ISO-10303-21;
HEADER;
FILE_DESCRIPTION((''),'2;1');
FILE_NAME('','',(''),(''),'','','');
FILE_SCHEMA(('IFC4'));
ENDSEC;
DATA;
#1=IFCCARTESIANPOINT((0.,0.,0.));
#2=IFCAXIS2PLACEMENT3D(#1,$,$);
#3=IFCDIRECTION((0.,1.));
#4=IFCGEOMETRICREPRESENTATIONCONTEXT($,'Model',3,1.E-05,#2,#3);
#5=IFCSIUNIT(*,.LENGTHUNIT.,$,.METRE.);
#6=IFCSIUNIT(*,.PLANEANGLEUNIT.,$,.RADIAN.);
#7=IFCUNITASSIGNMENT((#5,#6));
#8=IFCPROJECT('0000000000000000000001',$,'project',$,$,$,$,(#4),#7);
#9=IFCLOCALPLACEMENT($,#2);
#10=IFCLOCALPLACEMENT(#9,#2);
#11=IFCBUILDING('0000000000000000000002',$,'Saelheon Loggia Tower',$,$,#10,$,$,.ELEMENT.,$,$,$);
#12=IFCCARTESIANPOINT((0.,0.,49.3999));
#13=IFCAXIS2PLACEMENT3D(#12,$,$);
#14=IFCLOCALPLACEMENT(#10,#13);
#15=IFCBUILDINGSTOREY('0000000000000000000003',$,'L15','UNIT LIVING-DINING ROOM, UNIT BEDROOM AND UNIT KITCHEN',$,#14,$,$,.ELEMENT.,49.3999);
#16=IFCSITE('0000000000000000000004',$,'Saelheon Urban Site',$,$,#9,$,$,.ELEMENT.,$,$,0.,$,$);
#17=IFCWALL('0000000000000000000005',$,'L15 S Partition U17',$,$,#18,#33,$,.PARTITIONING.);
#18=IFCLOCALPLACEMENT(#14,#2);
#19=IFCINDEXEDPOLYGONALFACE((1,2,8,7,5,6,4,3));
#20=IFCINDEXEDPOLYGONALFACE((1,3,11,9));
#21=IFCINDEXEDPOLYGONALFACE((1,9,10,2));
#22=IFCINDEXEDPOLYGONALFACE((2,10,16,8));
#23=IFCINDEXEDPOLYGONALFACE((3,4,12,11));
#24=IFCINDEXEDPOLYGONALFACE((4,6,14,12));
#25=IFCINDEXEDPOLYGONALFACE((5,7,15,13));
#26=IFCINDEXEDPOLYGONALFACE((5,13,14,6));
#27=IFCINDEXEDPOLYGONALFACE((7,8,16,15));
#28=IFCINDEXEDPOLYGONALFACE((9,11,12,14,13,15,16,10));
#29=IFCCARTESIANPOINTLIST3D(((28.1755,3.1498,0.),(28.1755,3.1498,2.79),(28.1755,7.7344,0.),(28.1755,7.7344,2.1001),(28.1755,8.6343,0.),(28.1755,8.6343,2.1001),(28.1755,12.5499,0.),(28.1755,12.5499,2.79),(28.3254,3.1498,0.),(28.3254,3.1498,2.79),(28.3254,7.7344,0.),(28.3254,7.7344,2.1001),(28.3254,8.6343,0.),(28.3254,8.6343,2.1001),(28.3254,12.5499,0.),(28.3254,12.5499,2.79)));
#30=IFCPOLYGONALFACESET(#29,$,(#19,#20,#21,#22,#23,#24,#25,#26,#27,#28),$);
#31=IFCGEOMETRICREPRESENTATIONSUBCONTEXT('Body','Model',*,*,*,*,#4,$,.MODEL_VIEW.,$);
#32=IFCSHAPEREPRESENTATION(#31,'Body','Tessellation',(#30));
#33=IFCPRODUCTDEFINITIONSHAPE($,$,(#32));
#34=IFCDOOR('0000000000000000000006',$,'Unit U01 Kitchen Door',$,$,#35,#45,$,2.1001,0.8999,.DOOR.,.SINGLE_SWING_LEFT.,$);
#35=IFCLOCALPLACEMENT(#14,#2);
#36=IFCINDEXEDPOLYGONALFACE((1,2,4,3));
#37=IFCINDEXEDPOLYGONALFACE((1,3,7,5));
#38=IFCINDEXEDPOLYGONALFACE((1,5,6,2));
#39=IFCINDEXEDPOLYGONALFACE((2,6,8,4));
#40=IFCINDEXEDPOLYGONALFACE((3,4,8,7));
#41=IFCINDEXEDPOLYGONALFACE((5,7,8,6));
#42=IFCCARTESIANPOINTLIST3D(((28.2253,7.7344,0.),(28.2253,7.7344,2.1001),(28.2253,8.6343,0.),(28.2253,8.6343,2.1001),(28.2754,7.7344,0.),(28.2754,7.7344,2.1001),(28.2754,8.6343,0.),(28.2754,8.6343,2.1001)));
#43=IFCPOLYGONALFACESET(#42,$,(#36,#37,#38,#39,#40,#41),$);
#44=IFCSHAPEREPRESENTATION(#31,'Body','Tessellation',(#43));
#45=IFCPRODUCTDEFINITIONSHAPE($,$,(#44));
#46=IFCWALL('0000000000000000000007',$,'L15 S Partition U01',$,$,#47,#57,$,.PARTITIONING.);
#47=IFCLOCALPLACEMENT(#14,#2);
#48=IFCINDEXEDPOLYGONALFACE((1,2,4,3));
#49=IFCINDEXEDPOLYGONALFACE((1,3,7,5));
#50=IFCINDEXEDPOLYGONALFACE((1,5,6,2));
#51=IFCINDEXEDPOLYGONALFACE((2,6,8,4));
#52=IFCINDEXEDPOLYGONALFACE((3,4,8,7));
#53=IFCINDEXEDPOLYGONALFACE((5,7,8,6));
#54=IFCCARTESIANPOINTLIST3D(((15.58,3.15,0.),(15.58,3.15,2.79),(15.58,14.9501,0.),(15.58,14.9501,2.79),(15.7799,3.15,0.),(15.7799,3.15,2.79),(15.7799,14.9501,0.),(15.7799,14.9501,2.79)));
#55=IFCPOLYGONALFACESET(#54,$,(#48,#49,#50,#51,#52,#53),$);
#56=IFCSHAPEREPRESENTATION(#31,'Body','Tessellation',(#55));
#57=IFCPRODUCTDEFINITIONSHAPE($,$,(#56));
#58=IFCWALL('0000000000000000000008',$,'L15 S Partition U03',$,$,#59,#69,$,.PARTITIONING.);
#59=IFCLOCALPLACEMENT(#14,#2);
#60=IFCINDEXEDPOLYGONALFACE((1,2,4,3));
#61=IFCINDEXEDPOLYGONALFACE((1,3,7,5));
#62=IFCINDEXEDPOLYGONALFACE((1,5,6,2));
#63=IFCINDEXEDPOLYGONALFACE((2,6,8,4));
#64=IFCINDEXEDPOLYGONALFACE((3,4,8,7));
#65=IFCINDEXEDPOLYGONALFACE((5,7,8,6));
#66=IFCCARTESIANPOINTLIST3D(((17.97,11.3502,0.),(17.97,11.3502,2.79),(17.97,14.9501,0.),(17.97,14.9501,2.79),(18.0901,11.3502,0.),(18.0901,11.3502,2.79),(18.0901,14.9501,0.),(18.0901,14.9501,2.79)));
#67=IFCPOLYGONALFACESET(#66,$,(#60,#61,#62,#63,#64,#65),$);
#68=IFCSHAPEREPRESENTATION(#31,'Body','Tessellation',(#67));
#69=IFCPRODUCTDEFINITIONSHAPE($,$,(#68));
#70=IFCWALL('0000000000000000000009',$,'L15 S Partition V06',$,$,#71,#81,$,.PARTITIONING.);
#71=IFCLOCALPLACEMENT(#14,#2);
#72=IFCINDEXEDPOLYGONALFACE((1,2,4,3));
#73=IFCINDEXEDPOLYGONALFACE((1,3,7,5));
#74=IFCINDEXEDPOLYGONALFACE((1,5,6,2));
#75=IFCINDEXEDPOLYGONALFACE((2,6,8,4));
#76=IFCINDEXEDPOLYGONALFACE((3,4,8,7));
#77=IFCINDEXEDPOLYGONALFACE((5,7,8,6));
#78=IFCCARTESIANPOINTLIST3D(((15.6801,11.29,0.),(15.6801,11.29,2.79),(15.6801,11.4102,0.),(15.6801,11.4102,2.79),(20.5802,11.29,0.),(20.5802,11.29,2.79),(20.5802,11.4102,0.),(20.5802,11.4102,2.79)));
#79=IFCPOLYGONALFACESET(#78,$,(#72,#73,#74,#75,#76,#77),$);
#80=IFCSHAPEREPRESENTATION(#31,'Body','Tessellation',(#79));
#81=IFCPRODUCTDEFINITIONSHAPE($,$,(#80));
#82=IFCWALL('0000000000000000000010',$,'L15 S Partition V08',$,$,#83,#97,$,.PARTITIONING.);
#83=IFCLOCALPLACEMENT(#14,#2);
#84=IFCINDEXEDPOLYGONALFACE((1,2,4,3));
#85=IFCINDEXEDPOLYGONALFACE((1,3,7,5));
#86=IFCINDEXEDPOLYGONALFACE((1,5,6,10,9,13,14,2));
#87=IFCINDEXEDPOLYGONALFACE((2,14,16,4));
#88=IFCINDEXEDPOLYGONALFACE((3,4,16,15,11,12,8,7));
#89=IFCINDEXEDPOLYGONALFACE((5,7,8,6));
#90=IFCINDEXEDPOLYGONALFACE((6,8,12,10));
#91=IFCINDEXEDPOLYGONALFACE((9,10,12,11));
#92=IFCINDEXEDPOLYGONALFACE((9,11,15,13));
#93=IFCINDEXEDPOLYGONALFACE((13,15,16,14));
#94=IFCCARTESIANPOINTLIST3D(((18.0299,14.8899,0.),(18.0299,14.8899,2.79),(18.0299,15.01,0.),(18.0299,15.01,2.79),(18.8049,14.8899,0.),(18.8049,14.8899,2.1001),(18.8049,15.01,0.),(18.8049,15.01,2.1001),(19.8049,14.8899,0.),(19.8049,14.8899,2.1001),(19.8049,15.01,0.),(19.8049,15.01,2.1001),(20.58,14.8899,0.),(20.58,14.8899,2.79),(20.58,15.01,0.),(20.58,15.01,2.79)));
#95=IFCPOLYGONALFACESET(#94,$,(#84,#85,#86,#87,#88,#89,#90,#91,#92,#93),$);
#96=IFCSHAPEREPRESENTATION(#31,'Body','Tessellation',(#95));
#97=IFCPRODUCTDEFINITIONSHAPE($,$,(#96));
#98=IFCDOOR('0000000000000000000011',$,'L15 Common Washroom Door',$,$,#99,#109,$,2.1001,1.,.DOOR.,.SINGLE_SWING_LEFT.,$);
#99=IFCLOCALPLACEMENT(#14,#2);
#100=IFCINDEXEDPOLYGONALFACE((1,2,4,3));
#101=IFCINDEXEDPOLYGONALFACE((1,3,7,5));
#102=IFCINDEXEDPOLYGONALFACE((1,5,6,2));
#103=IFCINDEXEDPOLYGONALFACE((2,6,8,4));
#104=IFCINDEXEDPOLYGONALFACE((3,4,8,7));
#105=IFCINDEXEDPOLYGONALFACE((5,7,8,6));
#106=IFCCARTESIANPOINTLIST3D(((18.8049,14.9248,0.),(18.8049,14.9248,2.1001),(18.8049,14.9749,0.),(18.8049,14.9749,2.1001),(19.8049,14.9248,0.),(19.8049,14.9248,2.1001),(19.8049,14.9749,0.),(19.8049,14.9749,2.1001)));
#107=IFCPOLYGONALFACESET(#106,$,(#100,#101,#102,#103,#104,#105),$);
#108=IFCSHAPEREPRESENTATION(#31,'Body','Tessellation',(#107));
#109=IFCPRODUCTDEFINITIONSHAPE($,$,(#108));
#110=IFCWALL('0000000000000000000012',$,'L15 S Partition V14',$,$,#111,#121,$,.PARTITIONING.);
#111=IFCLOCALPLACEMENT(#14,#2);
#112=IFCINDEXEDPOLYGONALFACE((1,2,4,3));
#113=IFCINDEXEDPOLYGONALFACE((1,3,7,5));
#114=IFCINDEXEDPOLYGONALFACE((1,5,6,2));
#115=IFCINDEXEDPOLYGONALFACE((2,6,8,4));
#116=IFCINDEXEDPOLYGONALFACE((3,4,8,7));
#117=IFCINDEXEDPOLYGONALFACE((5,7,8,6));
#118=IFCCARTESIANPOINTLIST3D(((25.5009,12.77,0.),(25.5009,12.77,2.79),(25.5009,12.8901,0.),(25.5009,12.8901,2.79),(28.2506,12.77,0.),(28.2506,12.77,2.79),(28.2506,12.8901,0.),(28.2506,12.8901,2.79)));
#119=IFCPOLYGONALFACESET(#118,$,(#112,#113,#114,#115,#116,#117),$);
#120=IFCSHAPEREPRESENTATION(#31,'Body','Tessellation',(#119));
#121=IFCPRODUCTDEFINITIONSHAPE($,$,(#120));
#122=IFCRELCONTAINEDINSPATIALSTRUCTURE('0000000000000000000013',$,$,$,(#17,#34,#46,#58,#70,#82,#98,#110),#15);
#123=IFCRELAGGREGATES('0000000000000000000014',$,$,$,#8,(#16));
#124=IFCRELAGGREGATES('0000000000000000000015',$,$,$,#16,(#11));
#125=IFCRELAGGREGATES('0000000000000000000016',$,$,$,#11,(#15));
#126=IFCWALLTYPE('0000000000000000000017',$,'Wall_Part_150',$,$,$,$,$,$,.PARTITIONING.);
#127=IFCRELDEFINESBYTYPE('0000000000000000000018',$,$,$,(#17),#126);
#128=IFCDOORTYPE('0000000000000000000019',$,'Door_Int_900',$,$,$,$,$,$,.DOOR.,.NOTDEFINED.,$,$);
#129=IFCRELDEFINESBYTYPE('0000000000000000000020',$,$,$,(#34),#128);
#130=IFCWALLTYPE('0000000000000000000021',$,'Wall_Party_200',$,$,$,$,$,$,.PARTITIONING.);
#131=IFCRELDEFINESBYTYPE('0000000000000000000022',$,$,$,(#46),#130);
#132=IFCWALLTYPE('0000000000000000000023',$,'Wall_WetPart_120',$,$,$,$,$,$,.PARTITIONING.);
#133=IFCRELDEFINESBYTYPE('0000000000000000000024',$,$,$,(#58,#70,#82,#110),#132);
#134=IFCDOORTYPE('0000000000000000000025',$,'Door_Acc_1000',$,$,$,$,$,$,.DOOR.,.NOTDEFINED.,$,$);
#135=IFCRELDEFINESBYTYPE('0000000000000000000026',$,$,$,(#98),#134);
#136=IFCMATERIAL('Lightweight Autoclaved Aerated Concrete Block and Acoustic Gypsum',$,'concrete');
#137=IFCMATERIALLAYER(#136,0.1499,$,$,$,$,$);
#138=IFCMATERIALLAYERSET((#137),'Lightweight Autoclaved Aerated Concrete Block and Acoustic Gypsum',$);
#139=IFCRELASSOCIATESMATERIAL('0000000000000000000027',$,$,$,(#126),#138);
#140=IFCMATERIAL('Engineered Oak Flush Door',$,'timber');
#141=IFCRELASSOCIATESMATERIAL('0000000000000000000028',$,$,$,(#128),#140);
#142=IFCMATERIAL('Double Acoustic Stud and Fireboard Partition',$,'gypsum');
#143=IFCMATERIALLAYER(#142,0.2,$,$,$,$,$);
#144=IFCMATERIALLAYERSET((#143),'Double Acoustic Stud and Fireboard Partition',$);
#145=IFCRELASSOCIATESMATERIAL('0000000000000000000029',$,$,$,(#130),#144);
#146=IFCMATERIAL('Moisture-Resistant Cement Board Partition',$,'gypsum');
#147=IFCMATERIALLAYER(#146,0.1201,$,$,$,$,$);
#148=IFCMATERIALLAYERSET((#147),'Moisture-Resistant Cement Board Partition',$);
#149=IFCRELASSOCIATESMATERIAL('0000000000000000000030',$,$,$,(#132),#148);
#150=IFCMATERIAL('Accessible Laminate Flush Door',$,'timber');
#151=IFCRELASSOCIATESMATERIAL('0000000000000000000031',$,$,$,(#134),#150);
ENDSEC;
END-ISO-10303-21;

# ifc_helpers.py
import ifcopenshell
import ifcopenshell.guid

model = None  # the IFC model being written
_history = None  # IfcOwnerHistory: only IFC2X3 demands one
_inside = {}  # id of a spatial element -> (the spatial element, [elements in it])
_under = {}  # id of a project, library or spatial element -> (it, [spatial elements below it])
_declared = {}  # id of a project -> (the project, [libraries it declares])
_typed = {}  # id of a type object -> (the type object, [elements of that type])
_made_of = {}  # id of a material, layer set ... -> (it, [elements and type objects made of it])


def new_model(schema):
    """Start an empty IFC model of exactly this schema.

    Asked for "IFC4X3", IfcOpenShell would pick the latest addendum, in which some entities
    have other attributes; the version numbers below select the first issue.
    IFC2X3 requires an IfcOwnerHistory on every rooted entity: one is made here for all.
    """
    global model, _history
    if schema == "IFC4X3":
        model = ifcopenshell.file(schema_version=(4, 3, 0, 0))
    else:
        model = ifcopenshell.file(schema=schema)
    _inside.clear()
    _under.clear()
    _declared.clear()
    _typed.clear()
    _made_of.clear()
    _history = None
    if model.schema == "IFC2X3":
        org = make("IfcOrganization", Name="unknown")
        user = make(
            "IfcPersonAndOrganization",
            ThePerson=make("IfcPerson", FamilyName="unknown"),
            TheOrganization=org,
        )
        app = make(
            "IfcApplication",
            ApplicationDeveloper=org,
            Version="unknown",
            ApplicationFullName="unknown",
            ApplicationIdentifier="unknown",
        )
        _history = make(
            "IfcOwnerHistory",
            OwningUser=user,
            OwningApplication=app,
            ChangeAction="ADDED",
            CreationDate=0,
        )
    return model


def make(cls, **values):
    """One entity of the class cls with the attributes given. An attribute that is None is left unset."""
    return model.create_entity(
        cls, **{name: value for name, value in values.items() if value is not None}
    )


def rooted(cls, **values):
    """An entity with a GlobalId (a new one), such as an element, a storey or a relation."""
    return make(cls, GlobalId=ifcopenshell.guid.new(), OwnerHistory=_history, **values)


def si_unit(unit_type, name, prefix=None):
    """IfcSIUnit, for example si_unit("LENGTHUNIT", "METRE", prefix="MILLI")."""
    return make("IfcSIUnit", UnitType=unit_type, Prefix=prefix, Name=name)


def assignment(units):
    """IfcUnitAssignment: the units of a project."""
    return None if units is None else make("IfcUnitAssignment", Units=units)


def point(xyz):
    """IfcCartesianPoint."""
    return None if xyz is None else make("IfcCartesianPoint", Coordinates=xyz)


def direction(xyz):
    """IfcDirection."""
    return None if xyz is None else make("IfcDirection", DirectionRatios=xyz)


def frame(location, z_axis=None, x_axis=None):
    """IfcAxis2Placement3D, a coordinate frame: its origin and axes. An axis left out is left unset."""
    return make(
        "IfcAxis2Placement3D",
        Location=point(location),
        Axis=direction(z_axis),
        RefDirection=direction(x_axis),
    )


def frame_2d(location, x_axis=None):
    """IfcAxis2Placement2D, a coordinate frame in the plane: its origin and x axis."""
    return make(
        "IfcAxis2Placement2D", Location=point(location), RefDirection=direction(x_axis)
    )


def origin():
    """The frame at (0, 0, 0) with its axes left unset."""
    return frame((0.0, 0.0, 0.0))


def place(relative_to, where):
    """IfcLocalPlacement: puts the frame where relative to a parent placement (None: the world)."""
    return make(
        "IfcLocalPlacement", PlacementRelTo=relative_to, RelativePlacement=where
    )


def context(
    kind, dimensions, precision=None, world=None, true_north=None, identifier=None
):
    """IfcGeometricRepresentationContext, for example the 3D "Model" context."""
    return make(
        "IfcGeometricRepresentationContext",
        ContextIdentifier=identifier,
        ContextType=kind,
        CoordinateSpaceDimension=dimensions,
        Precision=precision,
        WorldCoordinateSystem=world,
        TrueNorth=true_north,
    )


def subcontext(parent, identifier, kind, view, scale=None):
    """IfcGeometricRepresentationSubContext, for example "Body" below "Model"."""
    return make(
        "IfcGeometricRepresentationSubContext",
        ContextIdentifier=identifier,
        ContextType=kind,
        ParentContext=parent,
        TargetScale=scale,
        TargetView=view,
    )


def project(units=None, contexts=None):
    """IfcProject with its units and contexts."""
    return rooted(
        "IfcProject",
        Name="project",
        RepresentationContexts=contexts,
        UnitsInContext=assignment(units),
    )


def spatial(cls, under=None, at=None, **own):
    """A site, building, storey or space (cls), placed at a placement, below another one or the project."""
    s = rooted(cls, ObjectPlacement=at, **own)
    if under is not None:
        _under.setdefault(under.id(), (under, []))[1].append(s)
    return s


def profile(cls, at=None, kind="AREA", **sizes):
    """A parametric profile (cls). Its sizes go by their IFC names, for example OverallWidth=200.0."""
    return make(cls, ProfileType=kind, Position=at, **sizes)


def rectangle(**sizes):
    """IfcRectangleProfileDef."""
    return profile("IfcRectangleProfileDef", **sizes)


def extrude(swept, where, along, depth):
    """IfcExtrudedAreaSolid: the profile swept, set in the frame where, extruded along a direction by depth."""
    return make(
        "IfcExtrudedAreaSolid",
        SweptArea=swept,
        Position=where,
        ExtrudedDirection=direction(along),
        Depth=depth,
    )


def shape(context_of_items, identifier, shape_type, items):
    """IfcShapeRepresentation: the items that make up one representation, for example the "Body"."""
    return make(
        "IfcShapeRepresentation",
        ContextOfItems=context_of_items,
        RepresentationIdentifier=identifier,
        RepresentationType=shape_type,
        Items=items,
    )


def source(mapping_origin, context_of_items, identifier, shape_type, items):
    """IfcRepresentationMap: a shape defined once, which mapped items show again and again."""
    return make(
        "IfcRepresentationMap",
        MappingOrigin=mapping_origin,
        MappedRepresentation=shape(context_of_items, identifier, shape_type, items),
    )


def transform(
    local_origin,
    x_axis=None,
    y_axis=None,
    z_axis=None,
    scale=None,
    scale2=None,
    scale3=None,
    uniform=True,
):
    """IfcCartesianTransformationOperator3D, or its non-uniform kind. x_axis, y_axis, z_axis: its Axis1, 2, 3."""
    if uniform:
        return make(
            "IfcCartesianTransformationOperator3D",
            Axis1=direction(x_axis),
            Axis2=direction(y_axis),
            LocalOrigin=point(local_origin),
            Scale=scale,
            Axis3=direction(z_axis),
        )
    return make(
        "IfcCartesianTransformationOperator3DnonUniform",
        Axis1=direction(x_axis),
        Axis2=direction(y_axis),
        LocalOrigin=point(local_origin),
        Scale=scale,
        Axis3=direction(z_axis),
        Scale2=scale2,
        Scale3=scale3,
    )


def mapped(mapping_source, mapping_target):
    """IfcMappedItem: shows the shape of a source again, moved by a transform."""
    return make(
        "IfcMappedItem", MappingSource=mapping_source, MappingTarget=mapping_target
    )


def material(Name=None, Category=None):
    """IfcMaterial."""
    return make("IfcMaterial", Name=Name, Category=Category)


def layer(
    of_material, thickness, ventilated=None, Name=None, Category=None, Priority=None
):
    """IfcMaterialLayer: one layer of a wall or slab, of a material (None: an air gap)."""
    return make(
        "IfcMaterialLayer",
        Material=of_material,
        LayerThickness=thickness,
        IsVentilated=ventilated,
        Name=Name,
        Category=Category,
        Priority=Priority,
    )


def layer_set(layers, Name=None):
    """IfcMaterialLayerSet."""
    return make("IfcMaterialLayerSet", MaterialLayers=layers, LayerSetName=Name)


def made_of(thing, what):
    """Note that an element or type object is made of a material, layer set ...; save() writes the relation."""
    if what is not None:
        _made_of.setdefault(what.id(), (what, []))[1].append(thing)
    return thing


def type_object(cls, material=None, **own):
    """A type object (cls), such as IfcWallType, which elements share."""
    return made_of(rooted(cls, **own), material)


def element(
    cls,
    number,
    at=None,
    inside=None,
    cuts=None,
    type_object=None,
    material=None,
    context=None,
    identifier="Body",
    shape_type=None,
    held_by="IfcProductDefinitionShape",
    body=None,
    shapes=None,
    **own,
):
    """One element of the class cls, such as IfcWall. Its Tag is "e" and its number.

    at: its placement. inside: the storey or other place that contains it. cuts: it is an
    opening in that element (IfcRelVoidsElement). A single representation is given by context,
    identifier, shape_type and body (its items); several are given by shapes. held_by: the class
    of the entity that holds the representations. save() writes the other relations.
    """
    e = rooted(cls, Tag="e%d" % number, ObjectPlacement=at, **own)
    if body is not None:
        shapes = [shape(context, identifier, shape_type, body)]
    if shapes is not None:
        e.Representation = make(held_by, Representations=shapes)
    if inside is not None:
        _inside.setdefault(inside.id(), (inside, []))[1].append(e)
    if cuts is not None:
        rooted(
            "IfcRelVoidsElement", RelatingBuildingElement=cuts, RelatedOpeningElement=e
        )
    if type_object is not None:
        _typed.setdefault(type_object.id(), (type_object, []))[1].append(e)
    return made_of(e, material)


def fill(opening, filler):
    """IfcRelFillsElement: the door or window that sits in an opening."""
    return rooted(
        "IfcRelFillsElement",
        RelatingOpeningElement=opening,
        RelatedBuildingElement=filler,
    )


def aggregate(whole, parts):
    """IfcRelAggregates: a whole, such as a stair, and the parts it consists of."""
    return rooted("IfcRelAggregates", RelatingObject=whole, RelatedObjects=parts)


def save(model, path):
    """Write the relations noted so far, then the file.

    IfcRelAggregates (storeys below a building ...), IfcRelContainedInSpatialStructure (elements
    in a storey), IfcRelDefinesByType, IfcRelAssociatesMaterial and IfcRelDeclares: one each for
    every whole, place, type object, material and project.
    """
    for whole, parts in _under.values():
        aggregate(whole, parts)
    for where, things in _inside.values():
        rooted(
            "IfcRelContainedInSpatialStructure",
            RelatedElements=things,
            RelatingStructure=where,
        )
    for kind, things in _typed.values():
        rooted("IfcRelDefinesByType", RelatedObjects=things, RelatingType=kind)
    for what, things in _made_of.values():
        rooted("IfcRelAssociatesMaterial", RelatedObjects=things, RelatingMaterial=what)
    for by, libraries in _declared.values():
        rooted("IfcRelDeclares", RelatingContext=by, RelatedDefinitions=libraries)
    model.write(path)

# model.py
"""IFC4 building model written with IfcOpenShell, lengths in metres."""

from ifc_helpers import new_model, si_unit, direction, frame, frame_2d, origin, place, context, subcontext, project, spatial, rectangle, extrude, source, transform, mapped, material, layer, layer_set, type_object, element, fill, save


model = new_model("IFC4")

# Units and contexts
model_context = context("Model", 3, precision=1e-05, world=origin(), true_north=direction((0.0, 1.0)))
body_context = subcontext(model_context, "Body", "Model", "MODEL_VIEW")
ifc_project = project(units=[si_unit("LENGTHUNIT", "METRE"), si_unit("PLANEANGLEUNIT", "RADIAN")], contexts=[model_context])

# Site, building, storey
site_placement = place(None, origin())
site = spatial("IfcSite", under=ifc_project, at=site_placement, Name="Saelheon Urban Site", CompositionType="ELEMENT", RefElevation=0.0)
building_placement = place(site_placement, origin())
building = spatial("IfcBuilding", under=site, at=building_placement, Name="Saelheon Loggia Tower", CompositionType="ELEMENT")
storey_placement = place(building_placement, frame((0.0, 0.0, 49.3999)))
storey = spatial("IfcBuildingStorey", under=building, at=storey_placement, Name="L15", Description="UNIT LIVING-DINING ROOM, UNIT BEDROOM AND UNIT KITCHEN", CompositionType="ELEMENT", Elevation=49.3999)

# Shared definitions
ifc_material_1 = material(Name="Lightweight Autoclaved Aerated Concrete Block and Acoustic Gypsum", Category="concrete")
ifc_layer_1 = layer(ifc_material_1, 0.1499)
ifc_layer_set_1 = layer_set([ifc_layer_1], Name="Lightweight Autoclaved Aerated Concrete Block and Acoustic Gypsum")
wall_type_1 = type_object("IfcWallType", Name="Wall_Part_150", PredefinedType="PARTITIONING", material=ifc_layer_set_1)

# Wall, opening, door
ifc_material_2 = material(Name="Engineered Oak Flush Door", Category="timber")
door_type_1 = type_object("IfcDoorType", Name="Door_Int_900", OperationType="NOTDEFINED", PredefinedType="DOOR", material=ifc_material_2)
shared_shape_1 = source(origin(), body_context, "Body", "SweptSolid", [
    extrude(rectangle(XDim=0.8999, YDim=2.1001, at=frame_2d((0.45, 1.05))), frame((0.0, 0.0249, 0.0), z_axis=(0.0, -1.0, 0.0), x_axis=(1.0, 0.0, 0.0)), (0.0, 0.0, 1.0), 0.05),
])
wall_1_placement = place(storey_placement, frame((28.2505, 12.55, 0.0), z_axis=(0.0, 0.0, 1.0), x_axis=(0.0, -1.0, 0.0)))
wall_1 = element("IfcWall", 1, at=wall_1_placement, inside=storey, type_object=wall_type_1, Name="L15 S Partition U17", PredefinedType="PARTITIONING", context=body_context, shape_type="SweptSolid", body=[
    extrude(rectangle(XDim=9.4001, YDim=0.1499, at=frame_2d((4.7002, 0.0))), origin(), (0.0, 0.0, 1.0), 2.79),
])
opening_1_placement = place(wall_1_placement, frame((3.9158, 0.0, 0.0)))
opening_1 = element("IfcOpeningElement", 2, at=opening_1_placement, cuts=wall_1, PredefinedType="OPENING", context=body_context, shape_type="SweptSolid", body=[
    extrude(rectangle(XDim=0.8999, YDim=2.1001, at=frame_2d((0.45, 1.05))), frame((0.0, 0.0869, 0.0), z_axis=(0.0, -1.0, 0.0), x_axis=(1.0, 0.0, 0.0)), (0.0, 0.0, 1.0), 0.1738),
])
door_1_placement = place(opening_1_placement, origin())
door_1 = element("IfcDoor", 3, at=door_1_placement, inside=storey, type_object=door_type_1, Name="Unit U01 Kitchen Door", OperationType="SINGLE_SWING_LEFT", OverallHeight=2.1001, OverallWidth=0.8999, PredefinedType="DOOR", context=body_context, shape_type="MappedRepresentation", body=[
    mapped(shared_shape_1, transform((0.0, 0.0, 0.0), scale=1.0)),
])
fill(opening_1, door_1)

# Walls
ifc_material_3 = material(Name="Double Acoustic Stud and Fireboard Partition", Category="gypsum")
ifc_layer_2 = layer(ifc_material_3, 0.2)
ifc_layer_set_2 = layer_set([ifc_layer_2], Name="Double Acoustic Stud and Fireboard Partition")
wall_type_2 = type_object("IfcWallType", Name="Wall_Party_200", PredefinedType="PARTITIONING", material=ifc_layer_set_2)
wall_2_placement = place(storey_placement, frame((15.6799, 14.95, 0.0), z_axis=(0.0, 0.0, 1.0), x_axis=(0.0, -1.0, 0.0)))
element("IfcWall", 4, at=wall_2_placement, inside=storey, type_object=wall_type_2, Name="L15 S Partition U01", PredefinedType="PARTITIONING", context=body_context, shape_type="SweptSolid", body=[
    extrude(rectangle(XDim=11.8, YDim=0.2, at=frame_2d((5.8999, 0.0))), origin(), (0.0, 0.0, 1.0), 2.79),
])
ifc_material_4 = material(Name="Moisture-Resistant Cement Board Partition", Category="gypsum")
ifc_layer_3 = layer(ifc_material_4, 0.1201)
ifc_layer_set_3 = layer_set([ifc_layer_3], Name="Moisture-Resistant Cement Board Partition")
wall_type_3 = type_object("IfcWallType", Name="Wall_WetPart_120", PredefinedType="PARTITIONING", material=ifc_layer_set_3)
wall_3_placement = place(storey_placement, frame((18.03, 14.95, 0.0), z_axis=(0.0, 0.0, 1.0), x_axis=(0.0, -1.0, 0.0)))
element("IfcWall", 5, at=wall_3_placement, inside=storey, type_object=wall_type_3, Name="L15 S Partition U03", PredefinedType="PARTITIONING", context=body_context, shape_type="SweptSolid", body=[
    extrude(rectangle(XDim=3.5999, YDim=0.1201, at=frame_2d((1.7998, 0.0))), origin(), (0.0, 0.0, 1.0), 2.79),
])
wall_4_placement = place(storey_placement, frame((15.6799, 11.3501, 0.0), z_axis=(0.0, 0.0, 1.0), x_axis=(1.0, 0.0, 0.0)))
element("IfcWall", 6, at=wall_4_placement, inside=storey, type_object=wall_type_3, Name="L15 S Partition V06", PredefinedType="PARTITIONING", context=body_context, shape_type="SweptSolid", body=[
    extrude(rectangle(XDim=4.9001, YDim=0.1201, at=frame_2d((2.4502, 0.0))), origin(), (0.0, 0.0, 1.0), 2.79),
])

# Wall, opening, door
wall_5_placement = place(storey_placement, frame((18.03, 14.95, 0.0), z_axis=(0.0, 0.0, 1.0), x_axis=(1.0, 0.0, 0.0)))
wall_5 = element("IfcWall", 7, at=wall_5_placement, inside=storey, type_object=wall_type_3, Name="L15 S Partition V08", PredefinedType="PARTITIONING", context=body_context, shape_type="SweptSolid", body=[
    extrude(rectangle(XDim=2.55, YDim=0.1201, at=frame_2d((1.2749, 0.0))), origin(), (0.0, 0.0, 1.0), 2.79),
])
opening_2_placement = place(wall_5_placement, frame((0.7749, 0.0, 0.0)))
opening_2 = element("IfcOpeningElement", 8, at=opening_2_placement, cuts=wall_5, PredefinedType="OPENING", context=body_context, shape_type="SweptSolid", body=[
    extrude(rectangle(XDim=1.0, YDim=2.1001, at=frame_2d((0.5, 1.05))), frame((0.0, 0.072, 0.0), z_axis=(0.0, -1.0, 0.0), x_axis=(1.0, 0.0, 0.0)), (0.0, 0.0, 1.0), 0.144),
])
ifc_material_5 = material(Name="Accessible Laminate Flush Door", Category="timber")
door_type_2 = type_object("IfcDoorType", Name="Door_Acc_1000", OperationType="NOTDEFINED", PredefinedType="DOOR", material=ifc_material_5)
shared_shape_2 = source(origin(), body_context, "Body", "SweptSolid", [
    extrude(rectangle(XDim=1.0, YDim=2.1001, at=frame_2d((0.5, 1.05))), frame((0.0, 0.0249, 0.0), z_axis=(0.0, -1.0, 0.0), x_axis=(1.0, 0.0, 0.0)), (0.0, 0.0, 1.0), 0.05),
])
door_2_placement = place(opening_2_placement, origin())
door_2 = element("IfcDoor", 9, at=door_2_placement, inside=storey, type_object=door_type_2, Name="L15 Common Washroom Door", OperationType="SINGLE_SWING_LEFT", OverallHeight=2.1001, OverallWidth=1.0, PredefinedType="DOOR", context=body_context, shape_type="MappedRepresentation", body=[
    mapped(shared_shape_2, transform((0.0, 0.0, 0.0), scale=1.0)),
])
fill(opening_2, door_2)

# Wall
wall_6_placement = place(storey_placement, frame((25.5007, 12.8301, 0.0), z_axis=(0.0, 0.0, 1.0), x_axis=(1.0, 0.0, 0.0)))
element("IfcWall", 10, at=wall_6_placement, inside=storey, type_object=wall_type_3, Name="L15 S Partition V14", PredefinedType="PARTITIONING", context=body_context, shape_type="SweptSolid", body=[
    extrude(rectangle(XDim=2.7498, YDim=0.1201, at=frame_2d((1.375, 0.0))), origin(), (0.0, 0.0, 1.0), 2.79),
])

save(model, "model.ifc")
